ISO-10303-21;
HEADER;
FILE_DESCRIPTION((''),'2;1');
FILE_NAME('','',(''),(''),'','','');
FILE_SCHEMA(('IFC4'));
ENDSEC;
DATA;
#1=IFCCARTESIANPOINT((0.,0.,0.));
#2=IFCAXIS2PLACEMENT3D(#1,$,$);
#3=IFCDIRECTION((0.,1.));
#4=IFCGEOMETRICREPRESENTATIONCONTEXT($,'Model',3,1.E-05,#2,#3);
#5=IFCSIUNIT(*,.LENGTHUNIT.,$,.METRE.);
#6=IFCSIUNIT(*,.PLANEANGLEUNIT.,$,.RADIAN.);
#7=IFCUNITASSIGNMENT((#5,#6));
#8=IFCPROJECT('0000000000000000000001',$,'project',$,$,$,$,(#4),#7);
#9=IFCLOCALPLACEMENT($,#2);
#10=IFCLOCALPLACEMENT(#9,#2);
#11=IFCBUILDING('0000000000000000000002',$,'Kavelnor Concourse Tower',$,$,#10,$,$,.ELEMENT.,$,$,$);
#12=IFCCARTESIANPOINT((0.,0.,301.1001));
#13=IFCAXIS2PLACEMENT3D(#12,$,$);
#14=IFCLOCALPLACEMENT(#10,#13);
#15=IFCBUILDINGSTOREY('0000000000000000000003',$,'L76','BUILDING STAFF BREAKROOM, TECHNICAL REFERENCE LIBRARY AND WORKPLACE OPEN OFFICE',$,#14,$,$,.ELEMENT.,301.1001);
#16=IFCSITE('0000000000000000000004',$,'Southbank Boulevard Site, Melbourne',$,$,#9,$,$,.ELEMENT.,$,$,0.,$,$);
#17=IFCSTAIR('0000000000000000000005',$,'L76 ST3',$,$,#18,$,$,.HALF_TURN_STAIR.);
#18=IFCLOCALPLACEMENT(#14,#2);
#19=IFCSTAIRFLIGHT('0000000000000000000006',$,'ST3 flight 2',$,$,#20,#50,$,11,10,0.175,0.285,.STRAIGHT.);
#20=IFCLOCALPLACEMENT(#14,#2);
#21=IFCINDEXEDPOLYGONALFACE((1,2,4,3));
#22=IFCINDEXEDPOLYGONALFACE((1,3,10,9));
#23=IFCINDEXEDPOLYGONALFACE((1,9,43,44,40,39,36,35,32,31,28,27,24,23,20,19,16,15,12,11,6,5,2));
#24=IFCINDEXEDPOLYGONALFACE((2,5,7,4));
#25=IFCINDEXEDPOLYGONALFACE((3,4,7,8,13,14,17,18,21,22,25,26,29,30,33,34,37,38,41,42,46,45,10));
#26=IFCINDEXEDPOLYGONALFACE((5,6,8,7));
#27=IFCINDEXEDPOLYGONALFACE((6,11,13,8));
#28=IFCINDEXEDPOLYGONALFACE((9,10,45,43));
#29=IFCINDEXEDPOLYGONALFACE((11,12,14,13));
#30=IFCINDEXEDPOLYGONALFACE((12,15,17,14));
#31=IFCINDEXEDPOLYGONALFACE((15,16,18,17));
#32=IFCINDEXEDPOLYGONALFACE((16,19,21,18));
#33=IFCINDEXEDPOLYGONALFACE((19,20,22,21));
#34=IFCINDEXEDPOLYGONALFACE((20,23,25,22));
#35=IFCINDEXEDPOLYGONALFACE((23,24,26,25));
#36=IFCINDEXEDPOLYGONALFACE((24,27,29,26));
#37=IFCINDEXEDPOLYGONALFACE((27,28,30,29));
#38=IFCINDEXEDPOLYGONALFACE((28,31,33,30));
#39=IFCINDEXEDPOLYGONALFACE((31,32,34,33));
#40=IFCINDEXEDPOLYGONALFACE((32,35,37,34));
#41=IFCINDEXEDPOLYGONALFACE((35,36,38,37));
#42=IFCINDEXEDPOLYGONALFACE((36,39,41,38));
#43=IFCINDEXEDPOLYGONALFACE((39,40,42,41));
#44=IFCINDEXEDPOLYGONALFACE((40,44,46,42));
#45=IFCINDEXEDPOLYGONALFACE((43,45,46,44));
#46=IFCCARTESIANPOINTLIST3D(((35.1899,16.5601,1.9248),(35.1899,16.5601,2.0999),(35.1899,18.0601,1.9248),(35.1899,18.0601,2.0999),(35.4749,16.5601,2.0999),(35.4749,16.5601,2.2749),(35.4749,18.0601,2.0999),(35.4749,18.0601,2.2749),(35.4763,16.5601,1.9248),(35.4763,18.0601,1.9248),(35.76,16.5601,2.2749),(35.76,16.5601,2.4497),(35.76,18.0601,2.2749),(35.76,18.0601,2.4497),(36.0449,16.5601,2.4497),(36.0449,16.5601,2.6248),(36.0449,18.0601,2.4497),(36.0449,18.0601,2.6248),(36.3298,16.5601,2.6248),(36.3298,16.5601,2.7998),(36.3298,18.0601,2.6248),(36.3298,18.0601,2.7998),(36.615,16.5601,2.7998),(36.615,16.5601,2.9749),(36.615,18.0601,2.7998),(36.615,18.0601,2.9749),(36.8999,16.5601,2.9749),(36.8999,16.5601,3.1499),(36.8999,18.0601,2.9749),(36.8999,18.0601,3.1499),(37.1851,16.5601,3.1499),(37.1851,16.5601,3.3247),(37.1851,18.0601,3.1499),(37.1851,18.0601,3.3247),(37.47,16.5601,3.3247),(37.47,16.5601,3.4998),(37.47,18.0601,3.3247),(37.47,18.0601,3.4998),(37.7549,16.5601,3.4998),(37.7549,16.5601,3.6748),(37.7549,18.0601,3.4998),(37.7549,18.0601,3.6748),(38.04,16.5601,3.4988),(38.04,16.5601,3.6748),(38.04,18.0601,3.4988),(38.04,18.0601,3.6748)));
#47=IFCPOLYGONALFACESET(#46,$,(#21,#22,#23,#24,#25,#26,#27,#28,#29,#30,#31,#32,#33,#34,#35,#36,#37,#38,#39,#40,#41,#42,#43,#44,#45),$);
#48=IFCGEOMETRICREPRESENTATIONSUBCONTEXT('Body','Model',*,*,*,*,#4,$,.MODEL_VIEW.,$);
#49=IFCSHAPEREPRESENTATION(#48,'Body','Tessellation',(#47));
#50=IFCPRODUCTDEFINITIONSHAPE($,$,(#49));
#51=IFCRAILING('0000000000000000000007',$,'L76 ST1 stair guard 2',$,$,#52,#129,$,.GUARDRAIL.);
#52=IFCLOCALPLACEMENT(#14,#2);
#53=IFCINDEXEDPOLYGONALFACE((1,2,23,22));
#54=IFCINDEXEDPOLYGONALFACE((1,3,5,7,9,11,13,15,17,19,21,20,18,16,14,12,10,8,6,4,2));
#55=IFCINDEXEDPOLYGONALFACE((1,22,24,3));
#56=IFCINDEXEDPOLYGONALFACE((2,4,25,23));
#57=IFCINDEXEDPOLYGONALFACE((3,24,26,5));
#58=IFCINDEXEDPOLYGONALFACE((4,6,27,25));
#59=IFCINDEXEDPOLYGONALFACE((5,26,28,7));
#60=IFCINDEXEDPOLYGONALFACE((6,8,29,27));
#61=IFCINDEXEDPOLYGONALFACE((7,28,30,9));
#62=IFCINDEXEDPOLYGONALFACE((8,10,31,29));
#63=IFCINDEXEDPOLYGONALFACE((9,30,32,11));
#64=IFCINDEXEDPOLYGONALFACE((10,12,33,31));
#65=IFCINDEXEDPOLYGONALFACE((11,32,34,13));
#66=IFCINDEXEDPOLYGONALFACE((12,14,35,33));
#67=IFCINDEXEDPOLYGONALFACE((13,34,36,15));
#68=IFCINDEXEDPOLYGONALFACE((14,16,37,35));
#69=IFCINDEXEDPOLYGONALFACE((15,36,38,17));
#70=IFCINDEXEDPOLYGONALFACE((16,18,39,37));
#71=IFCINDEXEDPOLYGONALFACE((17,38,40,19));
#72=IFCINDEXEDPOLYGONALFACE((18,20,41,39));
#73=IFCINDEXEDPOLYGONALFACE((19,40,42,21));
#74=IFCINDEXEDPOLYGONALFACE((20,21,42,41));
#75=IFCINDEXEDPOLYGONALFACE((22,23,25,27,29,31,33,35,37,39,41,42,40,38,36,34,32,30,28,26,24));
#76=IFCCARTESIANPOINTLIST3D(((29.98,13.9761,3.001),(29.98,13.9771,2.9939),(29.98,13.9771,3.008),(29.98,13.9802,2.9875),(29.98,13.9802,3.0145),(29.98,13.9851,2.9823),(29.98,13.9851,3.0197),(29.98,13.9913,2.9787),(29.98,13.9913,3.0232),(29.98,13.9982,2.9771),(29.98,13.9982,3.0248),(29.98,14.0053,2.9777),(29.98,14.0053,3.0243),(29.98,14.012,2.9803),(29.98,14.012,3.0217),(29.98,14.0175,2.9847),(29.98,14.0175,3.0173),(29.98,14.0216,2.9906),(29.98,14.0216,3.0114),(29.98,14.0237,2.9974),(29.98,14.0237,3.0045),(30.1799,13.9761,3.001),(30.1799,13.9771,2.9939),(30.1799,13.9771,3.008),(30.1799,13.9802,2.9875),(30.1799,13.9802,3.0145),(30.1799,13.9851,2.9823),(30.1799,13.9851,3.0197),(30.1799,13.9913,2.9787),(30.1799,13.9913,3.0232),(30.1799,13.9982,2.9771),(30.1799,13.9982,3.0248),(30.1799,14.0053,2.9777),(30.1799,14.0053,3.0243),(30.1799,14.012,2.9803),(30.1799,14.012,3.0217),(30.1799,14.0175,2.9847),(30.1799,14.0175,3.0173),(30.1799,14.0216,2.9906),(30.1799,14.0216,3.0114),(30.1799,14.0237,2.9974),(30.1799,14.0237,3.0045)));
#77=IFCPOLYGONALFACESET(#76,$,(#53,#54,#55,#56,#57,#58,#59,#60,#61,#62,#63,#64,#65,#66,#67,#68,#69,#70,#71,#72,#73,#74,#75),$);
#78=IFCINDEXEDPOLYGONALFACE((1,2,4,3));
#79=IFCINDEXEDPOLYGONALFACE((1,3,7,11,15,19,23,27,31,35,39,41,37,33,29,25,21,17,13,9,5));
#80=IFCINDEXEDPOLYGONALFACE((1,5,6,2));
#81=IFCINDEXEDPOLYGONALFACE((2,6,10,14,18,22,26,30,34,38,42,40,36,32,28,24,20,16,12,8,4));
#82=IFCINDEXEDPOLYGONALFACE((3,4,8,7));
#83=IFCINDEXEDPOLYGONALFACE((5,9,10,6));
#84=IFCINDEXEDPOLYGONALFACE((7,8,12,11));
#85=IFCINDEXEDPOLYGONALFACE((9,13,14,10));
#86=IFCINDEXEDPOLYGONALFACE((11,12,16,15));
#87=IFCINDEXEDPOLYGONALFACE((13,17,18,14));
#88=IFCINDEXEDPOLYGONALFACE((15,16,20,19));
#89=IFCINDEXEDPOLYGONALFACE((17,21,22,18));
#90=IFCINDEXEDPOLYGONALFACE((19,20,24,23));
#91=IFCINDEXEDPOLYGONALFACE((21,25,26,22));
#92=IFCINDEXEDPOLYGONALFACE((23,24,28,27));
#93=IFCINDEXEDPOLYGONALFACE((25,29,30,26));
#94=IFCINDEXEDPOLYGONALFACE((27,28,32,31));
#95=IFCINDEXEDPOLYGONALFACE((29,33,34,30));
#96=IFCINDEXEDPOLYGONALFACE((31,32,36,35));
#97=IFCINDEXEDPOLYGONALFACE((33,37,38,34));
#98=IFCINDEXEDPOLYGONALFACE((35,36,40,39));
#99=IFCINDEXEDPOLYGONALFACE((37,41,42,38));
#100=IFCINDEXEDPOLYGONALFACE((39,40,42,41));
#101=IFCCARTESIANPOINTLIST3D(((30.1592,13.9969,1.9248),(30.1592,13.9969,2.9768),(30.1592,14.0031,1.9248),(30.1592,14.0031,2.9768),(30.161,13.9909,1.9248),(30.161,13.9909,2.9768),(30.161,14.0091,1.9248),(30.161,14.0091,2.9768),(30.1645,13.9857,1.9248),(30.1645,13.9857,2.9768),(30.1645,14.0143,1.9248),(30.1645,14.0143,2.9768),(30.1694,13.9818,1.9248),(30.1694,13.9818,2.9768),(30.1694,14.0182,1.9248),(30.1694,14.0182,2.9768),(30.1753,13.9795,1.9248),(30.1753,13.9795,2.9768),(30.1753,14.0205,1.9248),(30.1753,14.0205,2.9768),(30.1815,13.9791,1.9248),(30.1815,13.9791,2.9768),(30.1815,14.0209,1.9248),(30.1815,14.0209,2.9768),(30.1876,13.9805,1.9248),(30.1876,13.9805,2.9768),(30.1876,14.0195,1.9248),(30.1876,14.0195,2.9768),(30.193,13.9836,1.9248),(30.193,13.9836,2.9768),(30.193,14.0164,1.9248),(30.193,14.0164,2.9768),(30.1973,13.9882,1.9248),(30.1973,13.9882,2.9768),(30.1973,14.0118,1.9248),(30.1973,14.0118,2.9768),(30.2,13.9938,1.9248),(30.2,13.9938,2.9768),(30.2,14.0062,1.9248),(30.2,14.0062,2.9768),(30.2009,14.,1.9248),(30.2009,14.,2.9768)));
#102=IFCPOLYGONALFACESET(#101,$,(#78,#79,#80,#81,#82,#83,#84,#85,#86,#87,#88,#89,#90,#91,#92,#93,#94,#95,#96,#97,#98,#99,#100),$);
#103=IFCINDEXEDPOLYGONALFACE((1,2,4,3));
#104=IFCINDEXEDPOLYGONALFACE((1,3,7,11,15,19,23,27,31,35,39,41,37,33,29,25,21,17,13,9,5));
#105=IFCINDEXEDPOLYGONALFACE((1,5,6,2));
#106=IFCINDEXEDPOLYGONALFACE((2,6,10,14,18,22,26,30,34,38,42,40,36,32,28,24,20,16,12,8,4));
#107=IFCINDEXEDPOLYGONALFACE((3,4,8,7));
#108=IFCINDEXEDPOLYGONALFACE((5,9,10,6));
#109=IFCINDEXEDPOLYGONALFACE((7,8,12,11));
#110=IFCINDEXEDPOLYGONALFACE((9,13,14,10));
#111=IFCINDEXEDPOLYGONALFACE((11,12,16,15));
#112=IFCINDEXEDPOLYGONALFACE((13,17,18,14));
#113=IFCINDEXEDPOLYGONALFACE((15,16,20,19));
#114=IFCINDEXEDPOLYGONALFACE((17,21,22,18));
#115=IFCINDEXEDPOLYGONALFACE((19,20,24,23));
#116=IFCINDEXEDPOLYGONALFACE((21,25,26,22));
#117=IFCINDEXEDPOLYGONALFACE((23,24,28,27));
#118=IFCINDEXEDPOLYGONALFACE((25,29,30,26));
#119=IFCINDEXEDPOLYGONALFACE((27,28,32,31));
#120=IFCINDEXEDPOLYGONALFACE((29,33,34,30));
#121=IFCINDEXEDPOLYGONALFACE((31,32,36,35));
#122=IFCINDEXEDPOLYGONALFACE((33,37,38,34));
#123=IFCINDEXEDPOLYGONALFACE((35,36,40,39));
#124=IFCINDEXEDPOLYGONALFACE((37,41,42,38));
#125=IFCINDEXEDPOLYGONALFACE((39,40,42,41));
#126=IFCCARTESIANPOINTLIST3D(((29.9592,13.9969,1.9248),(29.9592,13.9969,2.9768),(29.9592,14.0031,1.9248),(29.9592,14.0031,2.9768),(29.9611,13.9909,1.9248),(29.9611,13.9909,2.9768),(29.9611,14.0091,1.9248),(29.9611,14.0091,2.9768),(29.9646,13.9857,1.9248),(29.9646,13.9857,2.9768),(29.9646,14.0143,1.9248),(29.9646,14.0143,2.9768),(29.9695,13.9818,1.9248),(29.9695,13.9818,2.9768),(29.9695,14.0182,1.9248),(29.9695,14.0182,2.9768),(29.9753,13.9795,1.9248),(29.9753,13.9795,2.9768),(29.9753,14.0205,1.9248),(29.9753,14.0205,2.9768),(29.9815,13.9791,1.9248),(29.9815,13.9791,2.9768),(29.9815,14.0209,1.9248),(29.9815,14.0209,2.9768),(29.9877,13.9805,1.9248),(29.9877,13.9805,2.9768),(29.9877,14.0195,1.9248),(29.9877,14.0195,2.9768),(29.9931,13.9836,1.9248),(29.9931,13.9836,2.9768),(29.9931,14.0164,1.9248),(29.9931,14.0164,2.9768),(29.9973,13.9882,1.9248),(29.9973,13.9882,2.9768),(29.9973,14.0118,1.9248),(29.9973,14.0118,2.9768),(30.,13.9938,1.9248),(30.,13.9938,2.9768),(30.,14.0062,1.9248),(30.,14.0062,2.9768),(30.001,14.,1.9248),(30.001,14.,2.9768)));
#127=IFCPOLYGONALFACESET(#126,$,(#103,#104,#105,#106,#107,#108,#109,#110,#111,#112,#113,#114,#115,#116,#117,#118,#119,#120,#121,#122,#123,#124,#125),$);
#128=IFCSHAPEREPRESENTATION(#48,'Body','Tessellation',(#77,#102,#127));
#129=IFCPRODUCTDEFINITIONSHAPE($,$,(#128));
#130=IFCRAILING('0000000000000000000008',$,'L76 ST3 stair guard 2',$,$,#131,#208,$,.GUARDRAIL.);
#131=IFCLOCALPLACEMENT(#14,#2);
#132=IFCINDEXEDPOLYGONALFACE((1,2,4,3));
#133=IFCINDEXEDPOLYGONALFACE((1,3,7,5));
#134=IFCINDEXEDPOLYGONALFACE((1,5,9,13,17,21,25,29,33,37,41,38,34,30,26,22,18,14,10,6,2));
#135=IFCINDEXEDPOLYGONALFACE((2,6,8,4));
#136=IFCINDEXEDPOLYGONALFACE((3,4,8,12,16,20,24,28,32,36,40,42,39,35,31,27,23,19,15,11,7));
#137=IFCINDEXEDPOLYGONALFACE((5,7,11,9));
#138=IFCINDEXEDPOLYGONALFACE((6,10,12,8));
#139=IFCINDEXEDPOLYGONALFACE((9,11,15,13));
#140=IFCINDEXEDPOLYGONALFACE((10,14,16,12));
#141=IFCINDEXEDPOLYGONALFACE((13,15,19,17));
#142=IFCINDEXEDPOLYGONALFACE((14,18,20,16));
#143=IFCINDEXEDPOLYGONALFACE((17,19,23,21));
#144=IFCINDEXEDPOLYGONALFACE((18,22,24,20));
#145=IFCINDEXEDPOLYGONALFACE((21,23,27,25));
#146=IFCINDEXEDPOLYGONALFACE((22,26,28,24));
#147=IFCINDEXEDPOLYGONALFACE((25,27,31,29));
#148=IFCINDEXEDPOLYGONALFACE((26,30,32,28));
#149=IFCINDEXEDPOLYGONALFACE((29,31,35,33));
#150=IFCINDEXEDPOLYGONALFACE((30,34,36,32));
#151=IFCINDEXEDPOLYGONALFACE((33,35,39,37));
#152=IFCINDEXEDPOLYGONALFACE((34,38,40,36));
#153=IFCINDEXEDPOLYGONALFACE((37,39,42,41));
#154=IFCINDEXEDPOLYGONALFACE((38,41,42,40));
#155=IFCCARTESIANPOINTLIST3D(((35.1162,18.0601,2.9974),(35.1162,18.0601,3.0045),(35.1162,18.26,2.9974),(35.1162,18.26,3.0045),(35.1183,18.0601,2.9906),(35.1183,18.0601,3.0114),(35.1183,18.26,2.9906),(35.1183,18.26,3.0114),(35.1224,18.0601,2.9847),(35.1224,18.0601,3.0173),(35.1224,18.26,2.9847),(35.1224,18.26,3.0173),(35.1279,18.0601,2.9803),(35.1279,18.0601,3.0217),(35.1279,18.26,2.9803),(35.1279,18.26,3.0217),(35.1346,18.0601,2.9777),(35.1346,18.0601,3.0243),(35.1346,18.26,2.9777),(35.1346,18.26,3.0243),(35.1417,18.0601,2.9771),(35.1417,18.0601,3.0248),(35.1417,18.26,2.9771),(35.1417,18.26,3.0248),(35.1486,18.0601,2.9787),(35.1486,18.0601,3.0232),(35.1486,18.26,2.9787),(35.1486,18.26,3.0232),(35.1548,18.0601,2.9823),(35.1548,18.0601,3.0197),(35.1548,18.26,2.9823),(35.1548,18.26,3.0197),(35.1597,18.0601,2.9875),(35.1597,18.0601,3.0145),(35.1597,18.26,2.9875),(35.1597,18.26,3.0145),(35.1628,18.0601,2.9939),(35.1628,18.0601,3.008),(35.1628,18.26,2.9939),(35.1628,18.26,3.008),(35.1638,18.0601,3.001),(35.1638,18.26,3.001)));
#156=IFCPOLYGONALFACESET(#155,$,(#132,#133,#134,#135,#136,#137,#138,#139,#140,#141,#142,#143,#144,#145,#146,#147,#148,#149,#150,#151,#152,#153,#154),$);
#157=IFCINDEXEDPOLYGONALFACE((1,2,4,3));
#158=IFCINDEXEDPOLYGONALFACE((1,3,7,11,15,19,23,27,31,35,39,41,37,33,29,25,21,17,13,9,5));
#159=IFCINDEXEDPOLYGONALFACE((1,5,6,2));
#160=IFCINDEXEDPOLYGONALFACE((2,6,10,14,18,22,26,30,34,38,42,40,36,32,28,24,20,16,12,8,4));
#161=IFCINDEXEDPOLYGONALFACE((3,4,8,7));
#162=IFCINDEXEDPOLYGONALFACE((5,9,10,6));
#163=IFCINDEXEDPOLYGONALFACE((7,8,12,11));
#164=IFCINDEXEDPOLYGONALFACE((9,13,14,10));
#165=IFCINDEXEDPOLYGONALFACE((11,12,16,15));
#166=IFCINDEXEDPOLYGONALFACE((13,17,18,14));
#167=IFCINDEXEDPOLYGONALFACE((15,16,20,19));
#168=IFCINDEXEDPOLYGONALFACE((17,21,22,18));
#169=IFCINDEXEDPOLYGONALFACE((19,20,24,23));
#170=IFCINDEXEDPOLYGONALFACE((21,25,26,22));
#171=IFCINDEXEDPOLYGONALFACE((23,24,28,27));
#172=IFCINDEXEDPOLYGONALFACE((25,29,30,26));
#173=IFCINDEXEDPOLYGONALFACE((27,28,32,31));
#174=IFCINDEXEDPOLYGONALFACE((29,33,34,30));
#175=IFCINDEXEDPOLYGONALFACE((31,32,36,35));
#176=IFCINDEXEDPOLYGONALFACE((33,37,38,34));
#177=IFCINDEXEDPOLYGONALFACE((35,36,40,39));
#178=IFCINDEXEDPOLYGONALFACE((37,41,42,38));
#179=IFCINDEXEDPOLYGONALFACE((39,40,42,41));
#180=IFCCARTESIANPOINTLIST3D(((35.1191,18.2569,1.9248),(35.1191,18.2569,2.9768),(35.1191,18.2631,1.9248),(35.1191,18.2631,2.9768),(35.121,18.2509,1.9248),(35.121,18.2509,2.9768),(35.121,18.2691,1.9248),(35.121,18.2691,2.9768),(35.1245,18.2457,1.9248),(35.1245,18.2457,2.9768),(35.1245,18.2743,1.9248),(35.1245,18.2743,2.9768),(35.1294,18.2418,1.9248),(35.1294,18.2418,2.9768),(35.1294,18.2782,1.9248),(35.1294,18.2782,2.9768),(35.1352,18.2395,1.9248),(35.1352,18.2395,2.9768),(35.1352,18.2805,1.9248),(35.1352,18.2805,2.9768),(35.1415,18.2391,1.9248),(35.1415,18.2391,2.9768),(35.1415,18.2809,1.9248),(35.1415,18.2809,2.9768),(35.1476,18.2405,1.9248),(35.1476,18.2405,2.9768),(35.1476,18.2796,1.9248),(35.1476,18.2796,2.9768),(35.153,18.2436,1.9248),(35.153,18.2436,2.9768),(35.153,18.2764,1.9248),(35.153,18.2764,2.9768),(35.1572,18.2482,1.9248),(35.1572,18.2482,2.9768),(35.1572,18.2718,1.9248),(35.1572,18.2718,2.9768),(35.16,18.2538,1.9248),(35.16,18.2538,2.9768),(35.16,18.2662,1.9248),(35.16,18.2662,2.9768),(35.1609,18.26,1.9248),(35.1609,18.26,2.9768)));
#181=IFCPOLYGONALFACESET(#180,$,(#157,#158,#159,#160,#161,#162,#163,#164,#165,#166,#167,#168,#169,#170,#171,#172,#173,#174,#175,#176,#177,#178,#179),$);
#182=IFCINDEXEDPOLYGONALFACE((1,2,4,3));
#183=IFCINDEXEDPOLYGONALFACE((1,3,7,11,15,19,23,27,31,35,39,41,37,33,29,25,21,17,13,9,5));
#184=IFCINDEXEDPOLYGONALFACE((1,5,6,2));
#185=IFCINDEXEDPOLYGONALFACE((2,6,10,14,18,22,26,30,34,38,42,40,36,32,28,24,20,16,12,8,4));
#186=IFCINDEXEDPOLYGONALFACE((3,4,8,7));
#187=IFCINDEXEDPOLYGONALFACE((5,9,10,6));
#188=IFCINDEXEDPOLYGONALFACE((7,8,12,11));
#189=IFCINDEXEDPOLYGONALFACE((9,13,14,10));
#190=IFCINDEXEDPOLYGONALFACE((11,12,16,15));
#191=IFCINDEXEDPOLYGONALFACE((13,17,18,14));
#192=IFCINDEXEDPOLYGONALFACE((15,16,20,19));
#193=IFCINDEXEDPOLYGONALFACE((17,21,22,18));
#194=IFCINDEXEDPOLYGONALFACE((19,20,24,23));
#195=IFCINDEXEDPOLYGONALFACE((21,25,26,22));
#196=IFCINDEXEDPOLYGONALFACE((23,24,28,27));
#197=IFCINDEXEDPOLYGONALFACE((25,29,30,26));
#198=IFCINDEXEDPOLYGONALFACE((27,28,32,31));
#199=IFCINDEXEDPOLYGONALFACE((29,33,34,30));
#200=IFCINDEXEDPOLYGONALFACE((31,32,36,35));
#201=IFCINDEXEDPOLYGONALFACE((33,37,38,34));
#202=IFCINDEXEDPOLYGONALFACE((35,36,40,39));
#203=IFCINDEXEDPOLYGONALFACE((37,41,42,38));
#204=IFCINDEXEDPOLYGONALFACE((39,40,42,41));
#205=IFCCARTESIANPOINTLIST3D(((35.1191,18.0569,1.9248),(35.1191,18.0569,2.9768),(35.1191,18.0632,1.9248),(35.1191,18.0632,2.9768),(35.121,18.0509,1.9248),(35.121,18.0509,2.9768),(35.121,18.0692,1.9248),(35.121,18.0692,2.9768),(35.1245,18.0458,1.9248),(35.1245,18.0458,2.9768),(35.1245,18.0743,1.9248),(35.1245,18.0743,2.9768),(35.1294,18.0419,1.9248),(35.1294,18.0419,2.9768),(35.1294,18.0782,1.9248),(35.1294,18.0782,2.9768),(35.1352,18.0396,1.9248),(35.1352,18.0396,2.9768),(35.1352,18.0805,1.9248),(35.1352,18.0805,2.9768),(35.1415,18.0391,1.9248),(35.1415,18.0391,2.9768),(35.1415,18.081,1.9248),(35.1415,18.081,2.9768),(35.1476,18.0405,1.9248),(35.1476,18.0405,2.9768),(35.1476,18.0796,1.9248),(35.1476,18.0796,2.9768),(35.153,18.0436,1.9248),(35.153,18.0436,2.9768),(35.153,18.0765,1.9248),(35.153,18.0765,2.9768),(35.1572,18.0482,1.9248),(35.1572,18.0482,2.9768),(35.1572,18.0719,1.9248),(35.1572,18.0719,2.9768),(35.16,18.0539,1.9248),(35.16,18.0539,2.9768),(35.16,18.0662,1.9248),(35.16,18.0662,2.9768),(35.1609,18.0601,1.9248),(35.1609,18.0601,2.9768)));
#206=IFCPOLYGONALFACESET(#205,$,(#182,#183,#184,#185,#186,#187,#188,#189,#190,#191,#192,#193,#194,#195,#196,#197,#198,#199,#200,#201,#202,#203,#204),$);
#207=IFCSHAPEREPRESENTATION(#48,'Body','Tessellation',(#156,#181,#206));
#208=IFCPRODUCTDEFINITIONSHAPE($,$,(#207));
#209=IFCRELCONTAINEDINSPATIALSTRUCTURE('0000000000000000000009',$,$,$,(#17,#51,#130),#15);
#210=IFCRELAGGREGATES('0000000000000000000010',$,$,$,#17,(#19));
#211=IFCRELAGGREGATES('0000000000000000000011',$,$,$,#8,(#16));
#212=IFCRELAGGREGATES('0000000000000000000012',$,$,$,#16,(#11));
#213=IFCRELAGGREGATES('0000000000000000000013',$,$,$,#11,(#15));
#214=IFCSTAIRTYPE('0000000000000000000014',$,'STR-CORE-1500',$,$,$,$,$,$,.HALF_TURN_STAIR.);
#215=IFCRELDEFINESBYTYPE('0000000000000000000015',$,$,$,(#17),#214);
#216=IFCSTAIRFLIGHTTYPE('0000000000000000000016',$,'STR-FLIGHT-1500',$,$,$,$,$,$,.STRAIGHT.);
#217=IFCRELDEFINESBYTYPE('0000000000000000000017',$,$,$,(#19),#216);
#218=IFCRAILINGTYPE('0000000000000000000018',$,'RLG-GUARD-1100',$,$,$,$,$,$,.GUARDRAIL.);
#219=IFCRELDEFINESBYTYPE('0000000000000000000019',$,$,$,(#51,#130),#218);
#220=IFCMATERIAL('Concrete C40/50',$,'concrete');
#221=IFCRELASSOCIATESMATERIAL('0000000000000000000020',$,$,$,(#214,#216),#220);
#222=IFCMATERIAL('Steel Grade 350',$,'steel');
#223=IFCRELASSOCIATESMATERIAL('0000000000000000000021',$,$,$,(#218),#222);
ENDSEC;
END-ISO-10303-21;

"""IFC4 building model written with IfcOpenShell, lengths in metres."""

from ifc_helpers import new_model, si_unit, direction, frame, origin, origin_2d, place, context, subcontext, project, spatial, polyline, circle, outline, extrude, material, type_object, element, aggregate, save


model = new_model("IFC4")

# Units and contexts
model_context = context("Model", 3, precision=1e-05, world=origin(), true_north=direction((0.0, 1.0)))
body_context = subcontext(model_context, "Body", "Model", "MODEL_VIEW")
ifc_project = project(units=[si_unit("LENGTHUNIT", "METRE"), si_unit("PLANEANGLEUNIT", "RADIAN")], contexts=[model_context])

# Site, building, storey
site_placement = place(None, origin())
site = spatial("IfcSite", under=ifc_project, at=site_placement, Name="Southbank Boulevard Site, Melbourne", CompositionType="ELEMENT", RefElevation=0.0)
building_placement = place(site_placement, origin())
building = spatial("IfcBuilding", under=site, at=building_placement, Name="Kavelnor Concourse Tower", CompositionType="ELEMENT")
storey_placement = place(building_placement, frame((0.0, 0.0, 301.1001)))
storey = spatial("IfcBuildingStorey", under=building, at=storey_placement, Name="L76", Description="BUILDING STAFF BREAKROOM, TECHNICAL REFERENCE LIBRARY AND WORKPLACE OPEN OFFICE", CompositionType="ELEMENT", Elevation=301.1001)

# Shared definitions
ifc_material_1 = material(Name="Steel Grade 350", Category="steel")

# Stair, stair flight
ifc_material_2 = material(Name="Concrete C40/50", Category="concrete")
stair_type = type_object("IfcStairType", Name="STR-CORE-1500", PredefinedType="HALF_TURN_STAIR", material=ifc_material_2)
stair_placement = place(storey_placement, origin())
stair = element("IfcStair", 1, at=stair_placement, inside=storey, type_object=stair_type, Name="L76 ST3", PredefinedType="HALF_TURN_STAIR")
stair_flight_type = type_object("IfcStairFlightType", Name="STR-FLIGHT-1500", PredefinedType="STRAIGHT", material=ifc_material_2)
stair_flight_placement = place(storey_placement, frame((35.1899, 17.3101, 1.9248), z_axis=(0.0, 0.0, 1.0), x_axis=(1.0, 0.0, 0.0)))
stair_flight = element("IfcStairFlight", 2, at=stair_flight_placement, type_object=stair_flight_type, Name="ST3 flight 2", NumberOfRisers=11, NumberOfTreads=10, PredefinedType="STRAIGHT", RiserHeight=0.175, TreadLength=0.285, context=body_context, shape_type="SweptSolid", body=[
    extrude(outline(polyline([(0.0, 0.0), (0.0, 0.175), (0.2849, 0.175), (0.2849, 0.3501), (0.5701, 0.3501), (0.5701, 0.5249), (0.855, 0.5249), (0.855, 0.7), (1.1399, 0.7), (1.1399, 0.875), (1.425, 0.875), (1.425, 1.05), (1.71, 1.05), (1.71, 1.2251), (1.9951, 1.2251), (1.9951, 1.3999), (2.28, 1.3999), (2.28, 1.575), (2.5649, 1.575), (2.5649, 1.75), (2.8501, 1.75), (2.8501, 1.925), (2.8501, 1.574), (0.2864, 0.0), (0.0, 0.0)])), frame((0.0, 0.75, 0.0), z_axis=(0.0, -1.0, 0.0), x_axis=(1.0, 0.0, 0.0)), (0.0, 0.0, 1.0), 1.5),
])
aggregate(stair, [stair_flight])

# Railings
railing_type_1 = type_object("IfcRailingType", Name="RLG-GUARD-1100", PredefinedType="GUARDRAIL", material=ifc_material_1)
railing_1_placement = place(storey_placement, frame((30.1799, 14.0, 1.9248)))
element("IfcRailing", 3, at=railing_1_placement, inside=storey, type_object=railing_type_1, Name="L76 ST1 stair guard 2", PredefinedType="GUARDRAIL", context=body_context, shape_type="SweptSolid", body=[
    extrude(circle(Radius=0.0239, at=origin_2d()), frame((0.0, 0.0, 1.0762), z_axis=(-1.0, 0.0, 0.0), x_axis=(0.0, -1.0, 0.0)), (0.0, 0.0, 1.0), 0.2),
    extrude(circle(Radius=0.021, at=origin_2d()), origin(), (0.0, 0.0, 1.0), 1.052),
    extrude(circle(Radius=0.021, at=origin_2d()), frame((-0.2, 0.0, 0.0)), (0.0, 0.0, 1.0), 1.052),
])
railing_2_placement = place(storey_placement, frame((35.1399, 18.26, 1.9248)))
element("IfcRailing", 4, at=railing_2_placement, inside=storey, type_object=railing_type_1, Name="L76 ST3 stair guard 2", PredefinedType="GUARDRAIL", context=body_context, shape_type="SweptSolid", body=[
    extrude(circle(Radius=0.0239, at=origin_2d()), frame((0.0, 0.0, 1.0762), z_axis=(0.0, -1.0, 0.0), x_axis=(1.0, 0.0, 0.0)), (0.0, 0.0, 1.0), 0.2),
    extrude(circle(Radius=0.021, at=origin_2d()), origin(), (0.0, 0.0, 1.0), 1.052),
    extrude(circle(Radius=0.021, at=origin_2d()), frame((0.0, -0.2, 0.0)), (0.0, 0.0, 1.0), 1.052),
])

save(model, "model.ifc")
